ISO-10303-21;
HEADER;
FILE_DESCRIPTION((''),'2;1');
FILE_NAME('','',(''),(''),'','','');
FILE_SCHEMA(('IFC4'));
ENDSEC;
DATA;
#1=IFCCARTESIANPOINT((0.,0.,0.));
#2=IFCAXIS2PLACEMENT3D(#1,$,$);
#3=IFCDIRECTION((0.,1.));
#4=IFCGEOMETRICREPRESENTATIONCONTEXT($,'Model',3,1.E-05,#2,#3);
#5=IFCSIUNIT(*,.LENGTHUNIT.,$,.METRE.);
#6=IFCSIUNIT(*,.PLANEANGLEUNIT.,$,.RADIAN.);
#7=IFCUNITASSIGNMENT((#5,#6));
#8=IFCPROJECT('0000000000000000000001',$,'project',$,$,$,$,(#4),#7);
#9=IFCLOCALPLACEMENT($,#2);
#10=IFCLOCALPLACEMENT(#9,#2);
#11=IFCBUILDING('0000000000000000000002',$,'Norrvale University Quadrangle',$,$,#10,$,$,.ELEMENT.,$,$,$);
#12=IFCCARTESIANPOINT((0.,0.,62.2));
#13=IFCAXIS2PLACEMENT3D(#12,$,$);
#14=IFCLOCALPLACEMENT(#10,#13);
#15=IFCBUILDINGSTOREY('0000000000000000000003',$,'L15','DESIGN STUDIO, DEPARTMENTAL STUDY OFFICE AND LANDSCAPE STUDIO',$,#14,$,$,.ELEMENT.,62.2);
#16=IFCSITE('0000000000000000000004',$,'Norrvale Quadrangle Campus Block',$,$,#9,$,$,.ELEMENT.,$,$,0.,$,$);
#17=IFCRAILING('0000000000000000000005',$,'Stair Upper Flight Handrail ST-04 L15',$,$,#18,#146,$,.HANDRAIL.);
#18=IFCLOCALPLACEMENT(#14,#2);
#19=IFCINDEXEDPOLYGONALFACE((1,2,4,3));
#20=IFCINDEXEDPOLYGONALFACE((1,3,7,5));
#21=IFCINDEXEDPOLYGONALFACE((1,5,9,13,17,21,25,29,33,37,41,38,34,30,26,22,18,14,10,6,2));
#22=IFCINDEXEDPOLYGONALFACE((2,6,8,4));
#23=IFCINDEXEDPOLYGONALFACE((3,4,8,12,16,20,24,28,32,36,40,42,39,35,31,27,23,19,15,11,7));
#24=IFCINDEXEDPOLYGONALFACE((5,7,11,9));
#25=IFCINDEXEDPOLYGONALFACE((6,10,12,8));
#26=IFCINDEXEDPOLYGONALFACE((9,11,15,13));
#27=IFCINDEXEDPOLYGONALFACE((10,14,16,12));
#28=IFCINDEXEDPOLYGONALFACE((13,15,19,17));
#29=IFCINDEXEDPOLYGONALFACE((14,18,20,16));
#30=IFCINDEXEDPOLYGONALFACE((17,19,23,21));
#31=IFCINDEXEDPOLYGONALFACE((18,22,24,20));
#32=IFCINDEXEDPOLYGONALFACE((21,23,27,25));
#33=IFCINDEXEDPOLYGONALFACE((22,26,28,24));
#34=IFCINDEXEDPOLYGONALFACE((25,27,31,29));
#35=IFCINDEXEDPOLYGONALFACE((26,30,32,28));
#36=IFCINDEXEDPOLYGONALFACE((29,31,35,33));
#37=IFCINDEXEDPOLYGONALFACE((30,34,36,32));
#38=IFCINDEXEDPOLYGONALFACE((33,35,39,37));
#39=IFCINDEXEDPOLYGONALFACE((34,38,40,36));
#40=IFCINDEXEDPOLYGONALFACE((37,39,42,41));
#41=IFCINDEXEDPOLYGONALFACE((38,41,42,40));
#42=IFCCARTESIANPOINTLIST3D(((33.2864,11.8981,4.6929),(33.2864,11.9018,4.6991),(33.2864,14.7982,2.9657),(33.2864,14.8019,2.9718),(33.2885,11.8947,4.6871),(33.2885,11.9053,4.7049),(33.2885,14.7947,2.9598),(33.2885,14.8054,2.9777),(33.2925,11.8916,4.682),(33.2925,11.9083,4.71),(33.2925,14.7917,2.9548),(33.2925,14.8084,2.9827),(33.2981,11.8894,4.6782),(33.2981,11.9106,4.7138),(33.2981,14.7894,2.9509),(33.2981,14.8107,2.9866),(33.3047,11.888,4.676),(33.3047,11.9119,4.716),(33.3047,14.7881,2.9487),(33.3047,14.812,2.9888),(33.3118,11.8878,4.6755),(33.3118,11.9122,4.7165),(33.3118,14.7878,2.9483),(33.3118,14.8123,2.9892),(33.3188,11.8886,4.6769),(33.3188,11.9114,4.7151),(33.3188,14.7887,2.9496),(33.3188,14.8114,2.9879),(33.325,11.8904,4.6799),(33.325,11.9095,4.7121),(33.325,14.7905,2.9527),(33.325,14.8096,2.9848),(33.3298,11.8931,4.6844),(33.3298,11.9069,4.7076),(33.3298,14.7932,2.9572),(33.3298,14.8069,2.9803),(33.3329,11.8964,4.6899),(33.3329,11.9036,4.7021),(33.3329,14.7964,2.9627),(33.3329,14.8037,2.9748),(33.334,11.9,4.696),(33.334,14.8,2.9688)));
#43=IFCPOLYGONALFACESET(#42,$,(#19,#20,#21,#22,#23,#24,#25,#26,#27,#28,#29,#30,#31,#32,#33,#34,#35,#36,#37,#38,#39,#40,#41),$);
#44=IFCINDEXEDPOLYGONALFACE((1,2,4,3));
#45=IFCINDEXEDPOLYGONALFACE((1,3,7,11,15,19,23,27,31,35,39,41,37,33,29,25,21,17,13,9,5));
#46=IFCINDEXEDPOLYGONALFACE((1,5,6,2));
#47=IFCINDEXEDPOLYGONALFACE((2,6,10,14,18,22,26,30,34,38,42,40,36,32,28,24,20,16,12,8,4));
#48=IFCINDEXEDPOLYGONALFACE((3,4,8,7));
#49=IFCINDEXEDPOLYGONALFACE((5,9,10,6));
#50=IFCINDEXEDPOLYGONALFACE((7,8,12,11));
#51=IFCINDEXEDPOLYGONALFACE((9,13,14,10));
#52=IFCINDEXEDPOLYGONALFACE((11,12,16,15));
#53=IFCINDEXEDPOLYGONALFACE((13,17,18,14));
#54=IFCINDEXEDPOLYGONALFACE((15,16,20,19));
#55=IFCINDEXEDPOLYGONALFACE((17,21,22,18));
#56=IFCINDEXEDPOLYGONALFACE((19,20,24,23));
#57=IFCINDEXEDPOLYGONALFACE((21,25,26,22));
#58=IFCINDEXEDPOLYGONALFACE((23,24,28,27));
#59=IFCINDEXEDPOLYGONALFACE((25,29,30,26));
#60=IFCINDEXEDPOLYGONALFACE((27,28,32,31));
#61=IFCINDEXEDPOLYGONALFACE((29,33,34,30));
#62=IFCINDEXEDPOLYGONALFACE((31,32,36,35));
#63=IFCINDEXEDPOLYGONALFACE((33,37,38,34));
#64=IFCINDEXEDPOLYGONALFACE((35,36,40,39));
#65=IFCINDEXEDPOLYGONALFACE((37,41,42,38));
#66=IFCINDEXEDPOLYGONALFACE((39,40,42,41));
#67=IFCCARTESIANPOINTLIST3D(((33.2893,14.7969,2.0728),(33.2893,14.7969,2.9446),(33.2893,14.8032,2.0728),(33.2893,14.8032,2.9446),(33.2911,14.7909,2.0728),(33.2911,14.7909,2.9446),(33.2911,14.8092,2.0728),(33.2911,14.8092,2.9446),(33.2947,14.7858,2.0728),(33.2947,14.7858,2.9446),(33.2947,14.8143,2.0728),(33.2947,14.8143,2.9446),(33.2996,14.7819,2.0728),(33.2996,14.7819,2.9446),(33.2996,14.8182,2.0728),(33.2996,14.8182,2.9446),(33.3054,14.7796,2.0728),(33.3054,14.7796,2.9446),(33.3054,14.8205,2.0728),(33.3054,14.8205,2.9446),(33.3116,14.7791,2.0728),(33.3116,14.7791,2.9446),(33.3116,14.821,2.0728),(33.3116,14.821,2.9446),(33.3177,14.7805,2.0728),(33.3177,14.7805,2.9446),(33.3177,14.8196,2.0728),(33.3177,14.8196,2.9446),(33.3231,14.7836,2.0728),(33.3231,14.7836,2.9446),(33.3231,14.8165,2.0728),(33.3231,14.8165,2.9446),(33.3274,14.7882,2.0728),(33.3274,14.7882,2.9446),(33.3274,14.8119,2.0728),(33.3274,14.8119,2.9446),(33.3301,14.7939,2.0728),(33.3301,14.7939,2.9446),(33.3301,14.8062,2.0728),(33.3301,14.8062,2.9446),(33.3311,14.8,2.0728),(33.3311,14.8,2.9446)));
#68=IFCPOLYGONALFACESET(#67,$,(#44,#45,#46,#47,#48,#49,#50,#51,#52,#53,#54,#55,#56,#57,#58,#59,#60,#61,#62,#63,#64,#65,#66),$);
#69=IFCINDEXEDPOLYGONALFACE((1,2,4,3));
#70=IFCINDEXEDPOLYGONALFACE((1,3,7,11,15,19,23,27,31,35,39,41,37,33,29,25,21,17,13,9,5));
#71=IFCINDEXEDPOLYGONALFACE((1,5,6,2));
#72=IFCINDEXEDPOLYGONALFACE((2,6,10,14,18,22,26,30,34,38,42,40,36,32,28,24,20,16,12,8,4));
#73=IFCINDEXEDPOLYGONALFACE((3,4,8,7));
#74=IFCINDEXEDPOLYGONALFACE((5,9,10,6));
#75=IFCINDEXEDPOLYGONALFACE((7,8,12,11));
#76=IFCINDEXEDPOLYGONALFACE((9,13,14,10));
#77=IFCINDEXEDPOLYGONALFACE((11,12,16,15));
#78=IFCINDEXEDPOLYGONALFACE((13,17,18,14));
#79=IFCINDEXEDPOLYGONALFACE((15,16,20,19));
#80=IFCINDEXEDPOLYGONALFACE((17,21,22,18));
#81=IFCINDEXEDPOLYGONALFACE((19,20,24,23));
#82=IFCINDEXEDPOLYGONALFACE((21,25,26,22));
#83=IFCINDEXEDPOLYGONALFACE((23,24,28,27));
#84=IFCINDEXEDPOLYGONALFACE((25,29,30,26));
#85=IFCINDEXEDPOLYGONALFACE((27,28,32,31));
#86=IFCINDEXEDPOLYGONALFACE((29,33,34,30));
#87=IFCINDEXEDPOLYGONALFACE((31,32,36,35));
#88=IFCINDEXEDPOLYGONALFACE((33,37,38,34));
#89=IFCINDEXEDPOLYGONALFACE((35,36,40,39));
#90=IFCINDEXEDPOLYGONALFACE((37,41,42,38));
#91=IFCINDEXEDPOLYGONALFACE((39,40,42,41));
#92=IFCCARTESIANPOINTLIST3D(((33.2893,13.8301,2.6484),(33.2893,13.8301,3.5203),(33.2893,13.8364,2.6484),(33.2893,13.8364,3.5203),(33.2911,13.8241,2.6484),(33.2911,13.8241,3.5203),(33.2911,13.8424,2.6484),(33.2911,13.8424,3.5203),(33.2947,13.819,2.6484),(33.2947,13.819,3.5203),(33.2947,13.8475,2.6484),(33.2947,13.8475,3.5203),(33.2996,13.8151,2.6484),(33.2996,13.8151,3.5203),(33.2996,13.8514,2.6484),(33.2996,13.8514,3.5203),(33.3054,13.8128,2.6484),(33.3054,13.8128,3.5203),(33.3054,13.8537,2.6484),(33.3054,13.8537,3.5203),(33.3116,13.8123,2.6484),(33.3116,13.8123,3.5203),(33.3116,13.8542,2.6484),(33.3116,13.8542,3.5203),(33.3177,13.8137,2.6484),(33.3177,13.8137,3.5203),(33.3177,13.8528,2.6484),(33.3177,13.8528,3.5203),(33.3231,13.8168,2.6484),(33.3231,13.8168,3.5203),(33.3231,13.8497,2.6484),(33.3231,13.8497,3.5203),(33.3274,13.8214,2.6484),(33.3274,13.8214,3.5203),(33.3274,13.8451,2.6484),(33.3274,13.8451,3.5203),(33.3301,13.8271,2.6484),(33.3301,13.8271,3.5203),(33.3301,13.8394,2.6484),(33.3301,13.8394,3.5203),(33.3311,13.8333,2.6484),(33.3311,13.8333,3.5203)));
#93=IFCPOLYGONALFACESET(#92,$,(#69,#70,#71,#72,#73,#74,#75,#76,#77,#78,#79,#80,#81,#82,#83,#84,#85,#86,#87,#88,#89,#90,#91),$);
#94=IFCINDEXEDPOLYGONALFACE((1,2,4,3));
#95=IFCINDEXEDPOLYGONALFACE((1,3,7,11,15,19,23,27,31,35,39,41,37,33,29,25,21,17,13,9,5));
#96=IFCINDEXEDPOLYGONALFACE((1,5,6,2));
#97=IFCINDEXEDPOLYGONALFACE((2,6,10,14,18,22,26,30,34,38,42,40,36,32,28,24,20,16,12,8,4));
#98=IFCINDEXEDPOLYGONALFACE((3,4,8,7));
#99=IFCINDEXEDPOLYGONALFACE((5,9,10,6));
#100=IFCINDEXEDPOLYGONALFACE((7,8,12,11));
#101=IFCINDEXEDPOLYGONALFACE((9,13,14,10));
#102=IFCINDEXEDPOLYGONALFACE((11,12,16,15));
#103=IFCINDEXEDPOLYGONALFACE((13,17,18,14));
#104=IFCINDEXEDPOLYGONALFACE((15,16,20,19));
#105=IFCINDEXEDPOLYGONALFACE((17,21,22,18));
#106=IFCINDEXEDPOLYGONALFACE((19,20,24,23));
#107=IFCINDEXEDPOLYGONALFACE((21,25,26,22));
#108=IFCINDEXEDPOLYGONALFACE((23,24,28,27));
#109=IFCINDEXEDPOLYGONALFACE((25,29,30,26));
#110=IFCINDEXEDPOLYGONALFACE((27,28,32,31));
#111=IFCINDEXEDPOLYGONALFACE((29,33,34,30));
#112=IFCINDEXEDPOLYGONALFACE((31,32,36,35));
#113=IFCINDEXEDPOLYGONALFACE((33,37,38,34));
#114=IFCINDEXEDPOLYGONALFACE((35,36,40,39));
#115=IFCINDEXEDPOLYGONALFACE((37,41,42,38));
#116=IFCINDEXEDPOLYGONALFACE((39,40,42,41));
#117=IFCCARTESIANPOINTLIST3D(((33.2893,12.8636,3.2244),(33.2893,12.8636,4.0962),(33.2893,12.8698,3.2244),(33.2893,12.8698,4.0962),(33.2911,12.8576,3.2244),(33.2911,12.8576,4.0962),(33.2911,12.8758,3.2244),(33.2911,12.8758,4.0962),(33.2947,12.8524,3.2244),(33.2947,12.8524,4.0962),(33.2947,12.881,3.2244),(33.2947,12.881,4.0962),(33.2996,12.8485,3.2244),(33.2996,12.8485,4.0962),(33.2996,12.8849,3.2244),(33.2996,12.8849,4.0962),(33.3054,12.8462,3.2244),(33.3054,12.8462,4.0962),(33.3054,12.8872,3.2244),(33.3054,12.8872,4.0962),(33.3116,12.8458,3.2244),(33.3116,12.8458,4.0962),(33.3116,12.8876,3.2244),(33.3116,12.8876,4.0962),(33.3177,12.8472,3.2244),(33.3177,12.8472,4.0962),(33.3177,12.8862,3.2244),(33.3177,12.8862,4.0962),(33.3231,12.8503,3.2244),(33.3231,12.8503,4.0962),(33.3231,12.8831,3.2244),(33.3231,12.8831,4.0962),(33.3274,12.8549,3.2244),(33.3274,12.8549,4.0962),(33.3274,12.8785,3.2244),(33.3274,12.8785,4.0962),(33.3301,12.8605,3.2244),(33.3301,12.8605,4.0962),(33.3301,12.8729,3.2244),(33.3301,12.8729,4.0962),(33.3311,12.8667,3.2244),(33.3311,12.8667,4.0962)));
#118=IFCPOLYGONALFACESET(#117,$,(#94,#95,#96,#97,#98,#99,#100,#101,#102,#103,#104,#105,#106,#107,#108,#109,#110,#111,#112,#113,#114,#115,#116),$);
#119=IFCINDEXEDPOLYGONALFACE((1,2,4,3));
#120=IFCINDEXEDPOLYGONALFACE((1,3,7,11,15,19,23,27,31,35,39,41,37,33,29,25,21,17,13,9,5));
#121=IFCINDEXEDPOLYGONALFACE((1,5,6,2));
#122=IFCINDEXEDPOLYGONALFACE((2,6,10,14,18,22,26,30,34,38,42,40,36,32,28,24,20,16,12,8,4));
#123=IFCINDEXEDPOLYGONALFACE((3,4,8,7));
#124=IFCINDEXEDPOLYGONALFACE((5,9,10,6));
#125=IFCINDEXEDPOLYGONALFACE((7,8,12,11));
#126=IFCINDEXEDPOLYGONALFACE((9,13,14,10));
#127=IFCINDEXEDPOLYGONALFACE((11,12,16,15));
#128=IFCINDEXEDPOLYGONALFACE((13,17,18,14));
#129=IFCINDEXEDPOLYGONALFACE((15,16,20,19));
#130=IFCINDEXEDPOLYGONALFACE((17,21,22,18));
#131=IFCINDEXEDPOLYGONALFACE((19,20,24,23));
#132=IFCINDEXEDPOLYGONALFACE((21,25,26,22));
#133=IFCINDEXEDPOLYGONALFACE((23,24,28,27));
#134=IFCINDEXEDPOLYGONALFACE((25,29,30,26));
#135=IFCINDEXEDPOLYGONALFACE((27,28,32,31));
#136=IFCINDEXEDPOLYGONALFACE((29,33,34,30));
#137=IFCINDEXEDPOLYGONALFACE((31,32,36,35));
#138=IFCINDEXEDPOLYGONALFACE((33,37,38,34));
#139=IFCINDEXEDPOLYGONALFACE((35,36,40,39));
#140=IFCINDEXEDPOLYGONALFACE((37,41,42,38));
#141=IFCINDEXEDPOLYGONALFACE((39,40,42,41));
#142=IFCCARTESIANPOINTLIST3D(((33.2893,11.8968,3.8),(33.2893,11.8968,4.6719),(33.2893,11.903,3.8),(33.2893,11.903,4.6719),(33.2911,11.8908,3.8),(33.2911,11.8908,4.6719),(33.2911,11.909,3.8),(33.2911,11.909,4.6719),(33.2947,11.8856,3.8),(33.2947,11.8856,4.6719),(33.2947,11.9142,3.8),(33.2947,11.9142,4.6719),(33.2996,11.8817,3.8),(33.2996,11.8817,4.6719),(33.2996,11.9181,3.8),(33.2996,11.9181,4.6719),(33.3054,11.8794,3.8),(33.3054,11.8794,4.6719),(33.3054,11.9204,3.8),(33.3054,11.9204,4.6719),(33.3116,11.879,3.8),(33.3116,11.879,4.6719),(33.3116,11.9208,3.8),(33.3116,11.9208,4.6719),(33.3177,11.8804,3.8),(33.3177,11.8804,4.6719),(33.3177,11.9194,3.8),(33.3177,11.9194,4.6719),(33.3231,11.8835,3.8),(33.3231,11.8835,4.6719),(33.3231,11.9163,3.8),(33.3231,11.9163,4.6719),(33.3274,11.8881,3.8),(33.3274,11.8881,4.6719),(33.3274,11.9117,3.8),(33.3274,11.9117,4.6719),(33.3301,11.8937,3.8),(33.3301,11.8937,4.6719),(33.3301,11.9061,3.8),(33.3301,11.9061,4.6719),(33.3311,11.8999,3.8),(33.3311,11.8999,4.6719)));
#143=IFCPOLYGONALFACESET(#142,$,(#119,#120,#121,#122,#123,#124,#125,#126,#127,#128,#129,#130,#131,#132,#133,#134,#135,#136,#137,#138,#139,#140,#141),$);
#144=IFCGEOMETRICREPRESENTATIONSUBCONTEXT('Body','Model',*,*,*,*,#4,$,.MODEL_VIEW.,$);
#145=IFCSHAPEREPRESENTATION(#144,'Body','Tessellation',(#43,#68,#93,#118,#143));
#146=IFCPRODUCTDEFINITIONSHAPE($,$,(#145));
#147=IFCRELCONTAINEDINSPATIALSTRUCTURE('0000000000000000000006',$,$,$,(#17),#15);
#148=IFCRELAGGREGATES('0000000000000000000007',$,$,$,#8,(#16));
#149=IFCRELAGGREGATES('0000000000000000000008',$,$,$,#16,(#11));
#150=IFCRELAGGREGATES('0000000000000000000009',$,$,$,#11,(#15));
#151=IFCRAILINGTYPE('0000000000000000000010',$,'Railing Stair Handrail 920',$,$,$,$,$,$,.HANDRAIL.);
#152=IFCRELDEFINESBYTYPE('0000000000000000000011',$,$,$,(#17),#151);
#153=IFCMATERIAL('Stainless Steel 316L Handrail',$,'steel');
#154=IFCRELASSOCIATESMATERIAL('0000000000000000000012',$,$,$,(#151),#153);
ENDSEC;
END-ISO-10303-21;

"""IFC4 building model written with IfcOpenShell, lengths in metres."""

from ifc_helpers import new_model, si_unit, direction, frame, origin, origin_2d, place, context, subcontext, project, spatial, circle, extrude, material, type_object, element, save


model = new_model("IFC4")

# Units and contexts
model_context = context("Model", 3, precision=1e-05, world=origin(), true_north=direction((0.0, 1.0)))
body_context = subcontext(model_context, "Body", "Model", "MODEL_VIEW")
ifc_project = project(units=[si_unit("LENGTHUNIT", "METRE"), si_unit("PLANEANGLEUNIT", "RADIAN")], contexts=[model_context])

# Site, building, storey
site_placement = place(None, origin())
site = spatial("IfcSite", under=ifc_project, at=site_placement, Name="Norrvale Quadrangle Campus Block", CompositionType="ELEMENT", RefElevation=0.0)
building_placement = place(site_placement, origin())
building = spatial("IfcBuilding", under=site, at=building_placement, Name="Norrvale University Quadrangle", CompositionType="ELEMENT")
storey_placement = place(building_placement, frame((0.0, 0.0, 62.2)))
storey = spatial("IfcBuildingStorey", under=building, at=storey_placement, Name="L15", Description="DESIGN STUDIO, DEPARTMENTAL STUDY OFFICE AND LANDSCAPE STUDIO", CompositionType="ELEMENT", Elevation=62.2)

# Railing
ifc_material_1 = material(Name="Stainless Steel 316L Handrail", Category="steel")
railing_type_1 = type_object("IfcRailingType", Name="Railing Stair Handrail 920", PredefinedType="HANDRAIL", material=ifc_material_1)
railing_1_placement = place(storey_placement, frame((33.3101, 14.8, 2.0728)))
element("IfcRailing", 1, at=railing_1_placement, inside=storey, type_object=railing_type_1, Name="Stair Upper Flight Handrail ST-04 L15", PredefinedType="HANDRAIL", context=body_context, shape_type="SweptSolid", body=[
    extrude(circle(Radius=0.0239, at=origin_2d()), frame((0.0, 0.0, 0.896), z_axis=(0.0, -0.85916, 0.511706), x_axis=(1.0, 0.0, 0.0)), (0.0, 0.0, 1.0), 3.3755),
    extrude(circle(Radius=0.021, at=origin_2d()), origin(), (0.0, 0.0, 1.0), 0.8718),
    extrude(circle(Radius=0.021, at=origin_2d()), frame((0.0, -0.9668, 0.5757)), (0.0, 0.0, 1.0), 0.8718),
    extrude(circle(Radius=0.021, at=origin_2d()), frame((0.0, -1.9333, 1.1516)), (0.0, 0.0, 1.0), 0.8718),
    extrude(circle(Radius=0.021, at=origin_2d()), frame((0.0, -2.9001, 1.7273)), (0.0, 0.0, 1.0), 0.8718),
])

save(model, "model.ifc")
